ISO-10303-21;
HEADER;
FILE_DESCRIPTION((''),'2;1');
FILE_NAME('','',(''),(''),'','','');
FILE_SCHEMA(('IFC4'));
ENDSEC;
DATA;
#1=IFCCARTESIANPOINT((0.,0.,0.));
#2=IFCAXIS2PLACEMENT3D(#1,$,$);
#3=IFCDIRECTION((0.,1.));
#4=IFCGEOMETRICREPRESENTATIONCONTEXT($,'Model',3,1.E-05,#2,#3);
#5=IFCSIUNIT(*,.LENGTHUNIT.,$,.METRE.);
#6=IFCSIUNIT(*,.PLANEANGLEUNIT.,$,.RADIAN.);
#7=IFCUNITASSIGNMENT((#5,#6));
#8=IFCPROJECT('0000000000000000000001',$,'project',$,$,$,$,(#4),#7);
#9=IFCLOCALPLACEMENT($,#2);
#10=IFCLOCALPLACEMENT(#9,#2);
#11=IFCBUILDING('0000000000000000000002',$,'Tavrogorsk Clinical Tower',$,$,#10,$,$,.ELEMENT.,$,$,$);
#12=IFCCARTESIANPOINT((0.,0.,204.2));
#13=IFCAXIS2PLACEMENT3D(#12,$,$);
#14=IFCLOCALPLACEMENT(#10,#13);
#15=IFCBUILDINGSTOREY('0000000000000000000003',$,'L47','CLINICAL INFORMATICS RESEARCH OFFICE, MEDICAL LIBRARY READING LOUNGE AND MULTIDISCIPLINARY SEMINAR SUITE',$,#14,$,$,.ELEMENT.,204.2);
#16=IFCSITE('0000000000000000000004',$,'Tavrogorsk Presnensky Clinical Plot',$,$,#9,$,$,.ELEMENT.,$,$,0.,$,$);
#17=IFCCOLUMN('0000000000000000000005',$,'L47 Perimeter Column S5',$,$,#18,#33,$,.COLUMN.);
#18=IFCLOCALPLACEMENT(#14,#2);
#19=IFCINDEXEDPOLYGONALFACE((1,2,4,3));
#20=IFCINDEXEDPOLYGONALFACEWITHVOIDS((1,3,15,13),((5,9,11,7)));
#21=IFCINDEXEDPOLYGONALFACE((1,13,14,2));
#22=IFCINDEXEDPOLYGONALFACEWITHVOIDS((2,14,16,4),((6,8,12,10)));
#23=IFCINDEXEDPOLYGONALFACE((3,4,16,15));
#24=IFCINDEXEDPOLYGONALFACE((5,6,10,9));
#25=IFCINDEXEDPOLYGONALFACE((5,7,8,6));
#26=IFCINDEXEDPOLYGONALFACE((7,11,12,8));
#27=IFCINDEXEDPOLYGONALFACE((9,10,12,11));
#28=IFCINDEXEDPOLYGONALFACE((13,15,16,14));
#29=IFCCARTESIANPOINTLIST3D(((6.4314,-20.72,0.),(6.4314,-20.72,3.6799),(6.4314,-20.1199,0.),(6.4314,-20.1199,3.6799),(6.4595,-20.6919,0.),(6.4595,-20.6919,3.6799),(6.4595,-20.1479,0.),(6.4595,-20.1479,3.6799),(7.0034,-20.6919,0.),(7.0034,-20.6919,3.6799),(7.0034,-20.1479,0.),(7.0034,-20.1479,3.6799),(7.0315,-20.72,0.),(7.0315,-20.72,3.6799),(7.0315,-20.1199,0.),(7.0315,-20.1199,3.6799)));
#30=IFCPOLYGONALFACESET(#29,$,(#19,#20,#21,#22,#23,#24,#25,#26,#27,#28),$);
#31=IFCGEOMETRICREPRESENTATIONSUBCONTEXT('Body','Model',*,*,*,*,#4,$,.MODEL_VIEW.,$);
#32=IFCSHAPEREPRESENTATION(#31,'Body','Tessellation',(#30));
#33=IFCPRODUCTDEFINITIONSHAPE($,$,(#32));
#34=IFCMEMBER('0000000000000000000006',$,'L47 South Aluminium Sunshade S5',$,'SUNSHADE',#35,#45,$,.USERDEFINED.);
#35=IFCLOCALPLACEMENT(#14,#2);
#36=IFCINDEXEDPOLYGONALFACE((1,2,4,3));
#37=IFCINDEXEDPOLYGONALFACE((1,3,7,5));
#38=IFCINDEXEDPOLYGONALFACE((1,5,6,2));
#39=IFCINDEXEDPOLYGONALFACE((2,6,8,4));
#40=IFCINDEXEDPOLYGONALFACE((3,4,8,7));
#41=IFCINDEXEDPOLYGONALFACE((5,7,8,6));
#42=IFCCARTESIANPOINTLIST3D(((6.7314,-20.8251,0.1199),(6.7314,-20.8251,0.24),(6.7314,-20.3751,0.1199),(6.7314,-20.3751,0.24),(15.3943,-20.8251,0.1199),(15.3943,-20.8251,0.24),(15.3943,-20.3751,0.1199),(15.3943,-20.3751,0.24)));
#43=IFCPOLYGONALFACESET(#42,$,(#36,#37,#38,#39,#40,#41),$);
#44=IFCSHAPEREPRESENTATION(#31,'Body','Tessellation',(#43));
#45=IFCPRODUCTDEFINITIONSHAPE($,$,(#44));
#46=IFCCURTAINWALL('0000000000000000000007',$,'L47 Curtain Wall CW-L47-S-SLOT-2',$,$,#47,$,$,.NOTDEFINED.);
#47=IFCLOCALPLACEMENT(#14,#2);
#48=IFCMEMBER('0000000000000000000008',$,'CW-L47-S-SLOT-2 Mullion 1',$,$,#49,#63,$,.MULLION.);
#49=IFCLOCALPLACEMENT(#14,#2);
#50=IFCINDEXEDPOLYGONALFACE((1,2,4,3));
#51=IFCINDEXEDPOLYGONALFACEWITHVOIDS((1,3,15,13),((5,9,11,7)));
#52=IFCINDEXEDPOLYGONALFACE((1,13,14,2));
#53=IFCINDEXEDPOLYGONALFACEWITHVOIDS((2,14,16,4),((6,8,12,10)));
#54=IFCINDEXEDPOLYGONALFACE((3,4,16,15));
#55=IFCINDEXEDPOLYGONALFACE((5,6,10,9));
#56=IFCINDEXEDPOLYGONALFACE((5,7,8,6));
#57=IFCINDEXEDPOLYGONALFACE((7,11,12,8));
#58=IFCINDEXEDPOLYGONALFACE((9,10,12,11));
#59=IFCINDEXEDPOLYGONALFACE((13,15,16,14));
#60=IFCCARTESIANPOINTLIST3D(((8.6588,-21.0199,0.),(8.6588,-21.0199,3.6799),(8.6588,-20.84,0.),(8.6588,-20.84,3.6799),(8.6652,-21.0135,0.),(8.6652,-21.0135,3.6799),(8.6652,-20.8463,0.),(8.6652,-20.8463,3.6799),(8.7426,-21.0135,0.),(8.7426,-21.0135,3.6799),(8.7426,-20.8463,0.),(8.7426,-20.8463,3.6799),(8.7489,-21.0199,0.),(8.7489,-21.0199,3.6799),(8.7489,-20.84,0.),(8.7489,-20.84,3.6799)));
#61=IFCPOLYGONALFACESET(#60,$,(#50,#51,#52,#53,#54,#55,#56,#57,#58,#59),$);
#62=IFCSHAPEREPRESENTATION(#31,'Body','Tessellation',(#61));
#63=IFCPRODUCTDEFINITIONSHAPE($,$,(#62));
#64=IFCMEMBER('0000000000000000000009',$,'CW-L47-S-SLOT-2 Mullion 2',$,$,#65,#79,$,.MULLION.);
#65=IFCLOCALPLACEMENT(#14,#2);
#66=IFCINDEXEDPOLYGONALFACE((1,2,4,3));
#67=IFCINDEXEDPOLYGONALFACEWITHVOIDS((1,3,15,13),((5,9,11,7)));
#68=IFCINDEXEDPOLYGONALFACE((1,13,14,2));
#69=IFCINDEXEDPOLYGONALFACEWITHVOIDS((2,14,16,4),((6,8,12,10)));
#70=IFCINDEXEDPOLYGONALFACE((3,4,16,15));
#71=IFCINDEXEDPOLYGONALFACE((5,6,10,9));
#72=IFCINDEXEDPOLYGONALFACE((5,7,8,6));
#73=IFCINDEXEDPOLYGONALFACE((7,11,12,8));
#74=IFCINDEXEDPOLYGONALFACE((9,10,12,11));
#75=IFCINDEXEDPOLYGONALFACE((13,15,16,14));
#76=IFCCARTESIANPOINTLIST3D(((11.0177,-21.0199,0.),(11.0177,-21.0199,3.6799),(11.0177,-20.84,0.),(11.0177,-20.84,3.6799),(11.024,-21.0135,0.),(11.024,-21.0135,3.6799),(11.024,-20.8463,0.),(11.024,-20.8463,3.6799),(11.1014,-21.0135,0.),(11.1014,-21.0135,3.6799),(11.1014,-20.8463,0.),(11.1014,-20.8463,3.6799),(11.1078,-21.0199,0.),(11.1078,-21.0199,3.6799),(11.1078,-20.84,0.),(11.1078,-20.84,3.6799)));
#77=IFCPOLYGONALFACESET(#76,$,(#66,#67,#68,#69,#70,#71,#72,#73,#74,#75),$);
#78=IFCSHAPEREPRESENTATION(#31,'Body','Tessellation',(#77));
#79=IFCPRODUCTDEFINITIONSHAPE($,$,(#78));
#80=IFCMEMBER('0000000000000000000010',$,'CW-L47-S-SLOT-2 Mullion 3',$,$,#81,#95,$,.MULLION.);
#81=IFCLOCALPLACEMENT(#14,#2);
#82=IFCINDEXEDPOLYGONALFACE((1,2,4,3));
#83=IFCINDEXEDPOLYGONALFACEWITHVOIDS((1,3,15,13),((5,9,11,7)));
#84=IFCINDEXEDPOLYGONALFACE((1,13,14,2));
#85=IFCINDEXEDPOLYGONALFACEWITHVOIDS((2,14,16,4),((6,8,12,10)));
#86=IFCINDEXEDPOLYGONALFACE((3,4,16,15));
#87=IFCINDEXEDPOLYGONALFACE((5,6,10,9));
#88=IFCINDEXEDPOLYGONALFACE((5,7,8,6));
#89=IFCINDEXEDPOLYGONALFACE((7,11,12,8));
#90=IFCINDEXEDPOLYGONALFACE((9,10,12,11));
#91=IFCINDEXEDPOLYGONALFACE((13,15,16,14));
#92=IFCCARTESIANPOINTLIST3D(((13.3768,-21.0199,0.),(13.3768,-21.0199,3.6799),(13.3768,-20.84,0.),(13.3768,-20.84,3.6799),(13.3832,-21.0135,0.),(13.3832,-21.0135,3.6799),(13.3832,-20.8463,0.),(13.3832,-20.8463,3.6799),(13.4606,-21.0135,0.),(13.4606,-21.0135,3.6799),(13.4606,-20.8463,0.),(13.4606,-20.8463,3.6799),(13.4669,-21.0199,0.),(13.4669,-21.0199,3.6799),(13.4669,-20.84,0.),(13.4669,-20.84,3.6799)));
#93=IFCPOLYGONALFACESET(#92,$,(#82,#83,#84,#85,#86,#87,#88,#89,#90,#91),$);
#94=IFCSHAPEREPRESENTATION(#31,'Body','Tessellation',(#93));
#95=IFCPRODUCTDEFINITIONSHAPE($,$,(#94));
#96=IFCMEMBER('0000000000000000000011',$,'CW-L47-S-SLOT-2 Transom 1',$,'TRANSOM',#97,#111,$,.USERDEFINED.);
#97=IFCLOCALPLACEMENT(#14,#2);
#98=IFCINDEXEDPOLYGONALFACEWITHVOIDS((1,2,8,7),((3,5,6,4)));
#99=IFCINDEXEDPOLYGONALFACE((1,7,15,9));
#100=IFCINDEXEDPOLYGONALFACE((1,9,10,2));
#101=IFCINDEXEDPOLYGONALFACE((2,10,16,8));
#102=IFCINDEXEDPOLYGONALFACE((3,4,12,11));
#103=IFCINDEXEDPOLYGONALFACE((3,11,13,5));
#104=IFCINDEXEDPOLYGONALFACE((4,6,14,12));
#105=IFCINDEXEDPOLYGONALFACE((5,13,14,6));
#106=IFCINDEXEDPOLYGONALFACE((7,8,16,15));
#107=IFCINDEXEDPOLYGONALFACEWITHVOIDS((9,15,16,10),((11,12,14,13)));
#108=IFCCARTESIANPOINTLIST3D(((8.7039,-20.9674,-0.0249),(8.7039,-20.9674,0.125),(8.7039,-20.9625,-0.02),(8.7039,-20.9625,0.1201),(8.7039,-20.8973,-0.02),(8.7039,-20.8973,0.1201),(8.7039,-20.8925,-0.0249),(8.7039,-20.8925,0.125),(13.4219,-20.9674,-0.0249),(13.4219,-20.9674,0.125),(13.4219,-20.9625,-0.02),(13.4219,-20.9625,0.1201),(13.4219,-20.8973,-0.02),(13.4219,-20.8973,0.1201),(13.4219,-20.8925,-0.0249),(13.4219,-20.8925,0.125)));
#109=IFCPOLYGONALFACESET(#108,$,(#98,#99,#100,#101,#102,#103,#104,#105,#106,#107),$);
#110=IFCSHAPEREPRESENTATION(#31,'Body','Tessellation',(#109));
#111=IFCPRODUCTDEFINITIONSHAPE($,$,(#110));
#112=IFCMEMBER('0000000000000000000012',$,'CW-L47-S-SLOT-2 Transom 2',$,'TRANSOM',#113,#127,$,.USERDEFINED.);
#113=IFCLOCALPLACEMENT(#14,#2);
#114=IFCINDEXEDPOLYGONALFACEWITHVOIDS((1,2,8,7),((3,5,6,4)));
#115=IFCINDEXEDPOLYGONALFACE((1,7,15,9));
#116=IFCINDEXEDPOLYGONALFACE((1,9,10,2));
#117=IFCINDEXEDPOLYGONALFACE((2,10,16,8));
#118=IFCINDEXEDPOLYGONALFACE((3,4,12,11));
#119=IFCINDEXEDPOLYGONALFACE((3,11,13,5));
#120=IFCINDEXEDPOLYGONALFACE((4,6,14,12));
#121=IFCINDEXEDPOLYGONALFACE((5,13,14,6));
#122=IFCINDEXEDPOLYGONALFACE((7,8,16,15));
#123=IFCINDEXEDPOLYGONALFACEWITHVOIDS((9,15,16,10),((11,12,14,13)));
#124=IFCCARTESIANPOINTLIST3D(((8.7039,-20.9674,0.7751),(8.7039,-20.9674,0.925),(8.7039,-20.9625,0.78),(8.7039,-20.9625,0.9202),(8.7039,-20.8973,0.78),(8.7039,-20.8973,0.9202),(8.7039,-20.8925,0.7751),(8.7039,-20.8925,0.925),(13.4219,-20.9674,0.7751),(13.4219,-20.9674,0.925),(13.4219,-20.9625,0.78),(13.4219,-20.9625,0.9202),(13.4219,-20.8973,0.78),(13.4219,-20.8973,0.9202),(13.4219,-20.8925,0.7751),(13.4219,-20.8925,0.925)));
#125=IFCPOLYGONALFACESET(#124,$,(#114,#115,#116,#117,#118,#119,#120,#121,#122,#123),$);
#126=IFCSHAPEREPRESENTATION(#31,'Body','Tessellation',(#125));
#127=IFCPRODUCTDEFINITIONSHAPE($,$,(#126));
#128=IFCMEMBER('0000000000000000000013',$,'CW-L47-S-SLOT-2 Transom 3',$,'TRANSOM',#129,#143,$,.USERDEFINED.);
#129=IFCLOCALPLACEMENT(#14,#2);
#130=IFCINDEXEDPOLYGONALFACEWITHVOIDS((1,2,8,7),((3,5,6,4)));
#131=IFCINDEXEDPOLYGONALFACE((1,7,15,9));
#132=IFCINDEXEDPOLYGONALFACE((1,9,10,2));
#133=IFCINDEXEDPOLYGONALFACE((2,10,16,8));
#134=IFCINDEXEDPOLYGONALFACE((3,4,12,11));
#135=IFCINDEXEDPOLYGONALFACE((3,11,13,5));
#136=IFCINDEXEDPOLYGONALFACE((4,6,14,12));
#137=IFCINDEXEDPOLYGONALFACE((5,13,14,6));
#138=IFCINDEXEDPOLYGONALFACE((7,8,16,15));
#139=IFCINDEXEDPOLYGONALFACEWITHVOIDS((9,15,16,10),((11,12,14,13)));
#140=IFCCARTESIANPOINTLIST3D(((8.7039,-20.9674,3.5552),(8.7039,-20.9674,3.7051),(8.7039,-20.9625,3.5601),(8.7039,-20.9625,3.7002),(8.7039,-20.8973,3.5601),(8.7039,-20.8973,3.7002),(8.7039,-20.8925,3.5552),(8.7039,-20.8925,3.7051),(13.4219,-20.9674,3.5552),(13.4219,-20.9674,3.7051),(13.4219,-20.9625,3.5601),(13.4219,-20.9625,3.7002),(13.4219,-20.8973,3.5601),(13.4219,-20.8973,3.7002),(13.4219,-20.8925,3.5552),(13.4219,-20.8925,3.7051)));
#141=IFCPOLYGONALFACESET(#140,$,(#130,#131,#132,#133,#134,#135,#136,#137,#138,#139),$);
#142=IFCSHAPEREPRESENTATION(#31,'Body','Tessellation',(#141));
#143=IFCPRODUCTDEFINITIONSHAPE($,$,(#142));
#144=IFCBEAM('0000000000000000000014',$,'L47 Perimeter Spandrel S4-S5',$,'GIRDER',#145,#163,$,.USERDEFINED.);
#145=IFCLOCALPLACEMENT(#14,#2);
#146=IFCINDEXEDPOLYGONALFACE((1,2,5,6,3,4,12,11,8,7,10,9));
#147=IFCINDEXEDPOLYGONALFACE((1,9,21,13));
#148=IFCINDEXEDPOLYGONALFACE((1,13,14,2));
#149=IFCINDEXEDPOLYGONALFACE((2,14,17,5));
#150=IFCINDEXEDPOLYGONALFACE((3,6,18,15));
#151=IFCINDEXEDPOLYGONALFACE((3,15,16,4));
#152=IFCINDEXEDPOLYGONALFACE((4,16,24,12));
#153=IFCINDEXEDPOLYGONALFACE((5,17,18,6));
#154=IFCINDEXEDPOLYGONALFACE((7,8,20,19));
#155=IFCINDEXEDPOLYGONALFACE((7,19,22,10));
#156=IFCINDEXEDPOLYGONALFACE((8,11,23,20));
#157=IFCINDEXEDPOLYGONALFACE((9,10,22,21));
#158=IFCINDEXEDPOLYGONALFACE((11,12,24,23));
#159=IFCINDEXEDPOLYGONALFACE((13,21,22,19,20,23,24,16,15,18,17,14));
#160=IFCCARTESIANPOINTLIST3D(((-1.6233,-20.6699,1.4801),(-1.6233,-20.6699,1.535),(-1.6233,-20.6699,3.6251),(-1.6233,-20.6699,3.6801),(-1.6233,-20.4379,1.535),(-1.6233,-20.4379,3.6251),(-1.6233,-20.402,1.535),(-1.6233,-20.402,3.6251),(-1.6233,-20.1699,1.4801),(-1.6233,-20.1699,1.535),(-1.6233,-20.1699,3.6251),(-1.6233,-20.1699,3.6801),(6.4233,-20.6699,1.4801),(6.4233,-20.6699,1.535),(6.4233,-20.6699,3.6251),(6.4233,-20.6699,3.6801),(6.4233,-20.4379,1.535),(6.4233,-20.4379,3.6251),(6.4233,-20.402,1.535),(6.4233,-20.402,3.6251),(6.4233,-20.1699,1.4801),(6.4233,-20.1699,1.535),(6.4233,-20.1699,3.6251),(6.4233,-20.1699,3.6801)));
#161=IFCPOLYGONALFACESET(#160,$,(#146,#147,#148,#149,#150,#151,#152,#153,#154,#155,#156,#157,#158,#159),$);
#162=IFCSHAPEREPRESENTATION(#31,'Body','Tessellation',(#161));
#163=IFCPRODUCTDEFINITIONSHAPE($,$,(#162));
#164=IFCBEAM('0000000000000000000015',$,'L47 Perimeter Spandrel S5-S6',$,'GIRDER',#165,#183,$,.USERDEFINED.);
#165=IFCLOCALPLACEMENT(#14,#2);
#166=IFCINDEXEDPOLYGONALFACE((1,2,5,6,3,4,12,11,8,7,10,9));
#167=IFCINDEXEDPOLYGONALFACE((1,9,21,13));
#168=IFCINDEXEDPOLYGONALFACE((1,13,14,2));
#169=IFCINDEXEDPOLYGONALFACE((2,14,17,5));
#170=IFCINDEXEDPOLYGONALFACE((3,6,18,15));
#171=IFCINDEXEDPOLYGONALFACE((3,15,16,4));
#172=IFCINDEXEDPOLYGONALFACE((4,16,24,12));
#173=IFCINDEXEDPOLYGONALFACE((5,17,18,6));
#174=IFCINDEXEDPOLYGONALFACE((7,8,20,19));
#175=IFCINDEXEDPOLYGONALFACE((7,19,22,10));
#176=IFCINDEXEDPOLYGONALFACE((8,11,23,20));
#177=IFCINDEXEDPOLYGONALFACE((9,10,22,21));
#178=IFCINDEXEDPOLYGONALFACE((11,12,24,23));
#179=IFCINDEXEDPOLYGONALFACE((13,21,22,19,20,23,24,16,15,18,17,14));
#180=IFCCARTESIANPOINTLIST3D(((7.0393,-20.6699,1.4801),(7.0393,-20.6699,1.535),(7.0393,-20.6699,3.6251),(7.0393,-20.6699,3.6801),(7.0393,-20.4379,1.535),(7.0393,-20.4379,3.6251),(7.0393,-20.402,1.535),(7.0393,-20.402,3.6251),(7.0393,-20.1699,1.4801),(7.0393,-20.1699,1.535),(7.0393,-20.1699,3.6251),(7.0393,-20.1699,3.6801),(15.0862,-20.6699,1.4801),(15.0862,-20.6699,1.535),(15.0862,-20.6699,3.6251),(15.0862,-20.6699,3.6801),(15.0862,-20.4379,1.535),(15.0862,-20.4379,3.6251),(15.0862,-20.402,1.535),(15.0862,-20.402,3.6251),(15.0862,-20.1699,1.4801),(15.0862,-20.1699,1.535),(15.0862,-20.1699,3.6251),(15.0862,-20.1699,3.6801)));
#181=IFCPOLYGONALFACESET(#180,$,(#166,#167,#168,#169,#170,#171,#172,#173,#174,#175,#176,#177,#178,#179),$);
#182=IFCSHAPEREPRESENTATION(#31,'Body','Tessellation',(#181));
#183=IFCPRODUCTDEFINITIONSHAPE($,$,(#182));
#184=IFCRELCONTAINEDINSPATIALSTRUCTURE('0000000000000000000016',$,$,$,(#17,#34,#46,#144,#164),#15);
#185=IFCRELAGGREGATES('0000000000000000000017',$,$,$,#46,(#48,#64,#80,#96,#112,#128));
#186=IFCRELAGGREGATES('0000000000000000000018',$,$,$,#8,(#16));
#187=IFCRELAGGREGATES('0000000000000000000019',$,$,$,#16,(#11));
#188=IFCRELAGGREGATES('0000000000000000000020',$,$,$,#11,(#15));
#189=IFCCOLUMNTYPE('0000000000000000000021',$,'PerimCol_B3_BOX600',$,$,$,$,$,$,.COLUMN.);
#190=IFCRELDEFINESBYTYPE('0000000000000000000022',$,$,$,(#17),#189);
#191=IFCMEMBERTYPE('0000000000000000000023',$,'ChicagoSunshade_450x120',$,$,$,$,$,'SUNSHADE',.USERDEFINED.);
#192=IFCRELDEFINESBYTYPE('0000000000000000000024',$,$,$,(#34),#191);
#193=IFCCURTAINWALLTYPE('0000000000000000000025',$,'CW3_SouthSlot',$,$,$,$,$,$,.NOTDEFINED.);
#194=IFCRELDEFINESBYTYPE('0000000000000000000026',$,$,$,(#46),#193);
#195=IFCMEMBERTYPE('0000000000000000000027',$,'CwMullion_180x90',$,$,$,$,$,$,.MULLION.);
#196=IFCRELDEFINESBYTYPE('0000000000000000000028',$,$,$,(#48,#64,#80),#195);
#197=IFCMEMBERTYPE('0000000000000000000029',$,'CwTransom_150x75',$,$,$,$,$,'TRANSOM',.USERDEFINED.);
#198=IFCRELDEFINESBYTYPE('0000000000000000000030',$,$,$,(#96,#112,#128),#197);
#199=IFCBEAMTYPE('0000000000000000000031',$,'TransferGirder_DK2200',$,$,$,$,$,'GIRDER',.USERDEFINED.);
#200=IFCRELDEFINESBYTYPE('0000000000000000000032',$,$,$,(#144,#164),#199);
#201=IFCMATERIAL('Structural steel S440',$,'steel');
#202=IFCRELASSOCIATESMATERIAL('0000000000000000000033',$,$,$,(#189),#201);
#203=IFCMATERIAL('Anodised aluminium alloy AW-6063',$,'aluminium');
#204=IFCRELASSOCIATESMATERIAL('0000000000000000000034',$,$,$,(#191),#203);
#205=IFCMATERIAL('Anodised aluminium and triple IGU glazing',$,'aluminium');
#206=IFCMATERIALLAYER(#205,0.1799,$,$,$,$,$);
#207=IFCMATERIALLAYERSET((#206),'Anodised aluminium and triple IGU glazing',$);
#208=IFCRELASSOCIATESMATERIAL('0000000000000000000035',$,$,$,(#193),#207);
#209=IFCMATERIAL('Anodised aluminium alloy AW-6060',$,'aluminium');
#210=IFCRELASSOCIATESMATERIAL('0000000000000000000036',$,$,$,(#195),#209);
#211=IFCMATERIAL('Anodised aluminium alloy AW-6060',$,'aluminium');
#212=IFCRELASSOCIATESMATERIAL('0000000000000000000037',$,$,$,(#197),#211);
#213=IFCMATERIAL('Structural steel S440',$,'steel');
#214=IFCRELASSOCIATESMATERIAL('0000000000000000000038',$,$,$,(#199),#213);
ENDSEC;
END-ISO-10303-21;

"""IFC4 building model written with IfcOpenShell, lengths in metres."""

from ifc_helpers import new_model, si_unit, direction, frame, origin, origin_2d, place, context, subcontext, project, spatial, rectangle, hollow_rectangle, i_section, extrude, material, layer, layer_set, material_profile, profile_set, type_object, element, aggregate, save


model = new_model("IFC4")

# Units and contexts
model_context = context("Model", 3, precision=1e-05, world=origin(), true_north=direction((0.0, 1.0)))
body_context = subcontext(model_context, "Body", "Model", "MODEL_VIEW")
ifc_project = project(units=[si_unit("LENGTHUNIT", "METRE"), si_unit("PLANEANGLEUNIT", "RADIAN")], contexts=[model_context])

# Site, building, storey
site_placement = place(None, origin())
site = spatial("IfcSite", under=ifc_project, at=site_placement, Name="Tavrogorsk Presnensky Clinical Plot", CompositionType="ELEMENT", RefElevation=0.0)
building_placement = place(site_placement, origin())
building = spatial("IfcBuilding", under=site, at=building_placement, Name="Tavrogorsk Clinical Tower", CompositionType="ELEMENT")
storey_placement = place(building_placement, frame((0.0, 0.0, 204.2)))
storey = spatial("IfcBuildingStorey", under=building, at=storey_placement, Name="L47", Description="CLINICAL INFORMATICS RESEARCH OFFICE, MEDICAL LIBRARY READING LOUNGE AND MULTIDISCIPLINARY SEMINAR SUITE", CompositionType="ELEMENT", Elevation=204.2)

# Column
ifc_material_1 = material(Name="Structural steel S440", Category="steel")
ifc_material_profile_1 = material_profile(ifc_material_1, hollow_rectangle(XDim=0.6001, YDim=0.6001, WallThickness=0.0281, at=origin_2d()), Name="BOX-600x600x28")
ifc_profile_set_1 = profile_set([ifc_material_profile_1], Name="Structural steel S440")
column_type = type_object("IfcColumnType", Name="PerimCol_B3_BOX600", PredefinedType="COLUMN", material=ifc_profile_set_1)
column_placement = place(storey_placement, frame((6.7314, -20.4199, 0.0), z_axis=(0.0, 0.0, 1.0), x_axis=(1.0, 0.0, 0.0)))
element("IfcColumn", 1, at=column_placement, inside=storey, type_object=column_type, Name="L47 Perimeter Column S5", PredefinedType="COLUMN", context=body_context, shape_type="SweptSolid", body=[
    extrude(hollow_rectangle(XDim=0.6001, YDim=0.6001, WallThickness=0.0281, at=origin_2d()), origin(), (0.0, 0.0, 1.0), 3.6799),
])

# Member
ifc_material_2 = material(Name="Anodised aluminium alloy AW-6063", Category="aluminium")
ifc_material_profile_2 = material_profile(ifc_material_2, rectangle(XDim=0.45, YDim=0.1201, at=origin_2d()), Name="ALU-SUNSHADE-450x120")
ifc_profile_set_2 = profile_set([ifc_material_profile_2], Name="Anodised aluminium alloy AW-6063")
member_type_1 = type_object("IfcMemberType", Name="ChicagoSunshade_450x120", ElementType="SUNSHADE", PredefinedType="USERDEFINED", material=ifc_profile_set_2)
member_1_placement = place(storey_placement, frame((6.7314, -20.6001, 0.1799), z_axis=(1.0, 0.0, 0.0), x_axis=(0.0, 1.0, 0.0)))
element("IfcMember", 2, at=member_1_placement, inside=storey, type_object=member_type_1, Name="L47 South Aluminium Sunshade S5", ObjectType="SUNSHADE", PredefinedType="USERDEFINED", context=body_context, shape_type="SweptSolid", body=[
    extrude(rectangle(XDim=0.45, YDim=0.1201, at=origin_2d()), origin(), (0.0, 0.0, 1.0), 8.6628),
])

# Curtain wall, members
ifc_material_3 = material(Name="Anodised aluminium and triple IGU glazing", Category="aluminium")
ifc_layer_1 = layer(ifc_material_3, 0.1799)
ifc_layer_set_1 = layer_set([ifc_layer_1], Name="Anodised aluminium and triple IGU glazing")
curtain_wall_type = type_object("IfcCurtainWallType", Name="CW3_SouthSlot", PredefinedType="NOTDEFINED", material=ifc_layer_set_1)
curtain_wall_placement = place(storey_placement, origin())
curtain_wall = element("IfcCurtainWall", 3, at=curtain_wall_placement, inside=storey, type_object=curtain_wall_type, Name="L47 Curtain Wall CW-L47-S-SLOT-2", PredefinedType="NOTDEFINED")
ifc_material_4 = material(Name="Anodised aluminium alloy AW-6060", Category="aluminium")
ifc_material_profile_3 = material_profile(ifc_material_4, hollow_rectangle(XDim=0.0901, YDim=0.1799, WallThickness=0.0063, at=origin_2d()), Name="RHS-180x90x6.3")
ifc_profile_set_3 = profile_set([ifc_material_profile_3], Name="Anodised aluminium alloy AW-6060")
member_type_2 = type_object("IfcMemberType", Name="CwMullion_180x90", PredefinedType="MULLION", material=ifc_profile_set_3)
member_2_placement = place(storey_placement, frame((8.7039, -20.9299, 0.0), z_axis=(0.0, 0.0, 1.0), x_axis=(1.0, 0.0, 0.0)))
member_2 = element("IfcMember", 4, at=member_2_placement, type_object=member_type_2, Name="CW-L47-S-SLOT-2 Mullion 1", PredefinedType="MULLION", context=body_context, shape_type="SweptSolid", body=[
    extrude(hollow_rectangle(XDim=0.0901, YDim=0.1799, WallThickness=0.0063, at=origin_2d()), origin(), (0.0, 0.0, 1.0), 3.6799),
])
member_3_placement = place(storey_placement, frame((11.0627, -20.9299, 0.0), z_axis=(0.0, 0.0, 1.0), x_axis=(1.0, 0.0, 0.0)))
member_3 = element("IfcMember", 5, at=member_3_placement, type_object=member_type_2, Name="CW-L47-S-SLOT-2 Mullion 2", PredefinedType="MULLION", context=body_context, shape_type="SweptSolid", body=[
    extrude(hollow_rectangle(XDim=0.0901, YDim=0.1799, WallThickness=0.0063, at=origin_2d()), origin(), (0.0, 0.0, 1.0), 3.6799),
])
member_4_placement = place(storey_placement, frame((13.4219, -20.9299, 0.0), z_axis=(0.0, 0.0, 1.0), x_axis=(1.0, 0.0, 0.0)))
member_4 = element("IfcMember", 6, at=member_4_placement, type_object=member_type_2, Name="CW-L47-S-SLOT-2 Mullion 3", PredefinedType="MULLION", context=body_context, shape_type="SweptSolid", body=[
    extrude(hollow_rectangle(XDim=0.0901, YDim=0.1799, WallThickness=0.0063, at=origin_2d()), origin(), (0.0, 0.0, 1.0), 3.6799),
])
ifc_material_5 = material(Name="Anodised aluminium alloy AW-6060", Category="aluminium")
ifc_material_profile_4 = material_profile(ifc_material_5, hollow_rectangle(XDim=0.075, YDim=0.1499, WallThickness=0.0049, at=origin_2d()), Name="RHS-150x75x5")
ifc_profile_set_4 = profile_set([ifc_material_profile_4], Name="Anodised aluminium alloy AW-6060")
member_type_3 = type_object("IfcMemberType", Name="CwTransom_150x75", ElementType="TRANSOM", PredefinedType="USERDEFINED", material=ifc_profile_set_4)
member_5_placement = place(storey_placement, frame((8.7039, -20.9299, 0.05), z_axis=(1.0, 0.0, 0.0), x_axis=(0.0, 1.0, 0.0)))
member_5 = element("IfcMember", 7, at=member_5_placement, type_object=member_type_3, Name="CW-L47-S-SLOT-2 Transom 1", ObjectType="TRANSOM", PredefinedType="USERDEFINED", context=body_context, shape_type="SweptSolid", body=[
    extrude(hollow_rectangle(XDim=0.075, YDim=0.1499, WallThickness=0.0049, at=origin_2d()), origin(), (0.0, 0.0, 1.0), 4.718),
])
member_6_placement = place(storey_placement, frame((8.7039, -20.9299, 0.8501), z_axis=(1.0, 0.0, 0.0), x_axis=(0.0, 1.0, 0.0)))
member_6 = element("IfcMember", 8, at=member_6_placement, type_object=member_type_3, Name="CW-L47-S-SLOT-2 Transom 2", ObjectType="TRANSOM", PredefinedType="USERDEFINED", context=body_context, shape_type="SweptSolid", body=[
    extrude(hollow_rectangle(XDim=0.075, YDim=0.1499, WallThickness=0.0049, at=origin_2d()), origin(), (0.0, 0.0, 1.0), 4.718),
])
member_7_placement = place(storey_placement, frame((8.7039, -20.9299, 3.6301), z_axis=(1.0, 0.0, 0.0), x_axis=(0.0, 1.0, 0.0)))
member_7 = element("IfcMember", 9, at=member_7_placement, type_object=member_type_3, Name="CW-L47-S-SLOT-2 Transom 3", ObjectType="TRANSOM", PredefinedType="USERDEFINED", context=body_context, shape_type="SweptSolid", body=[
    extrude(hollow_rectangle(XDim=0.075, YDim=0.1499, WallThickness=0.0049, at=origin_2d()), origin(), (0.0, 0.0, 1.0), 4.718),
])

# Beams
ifc_material_6 = material(Name="Structural steel S440", Category="steel")
ifc_material_profile_5 = material_profile(ifc_material_6, i_section(OverallWidth=0.5, OverallDepth=2.2, WebThickness=0.0359, FlangeThickness=0.0549, at=origin_2d()), Name="DK-2200x500x36x55")
ifc_profile_set_5 = profile_set([ifc_material_profile_5], Name="Structural steel S440")
beam_type = type_object("IfcBeamType", Name="TransferGirder_DK2200", ElementType="GIRDER", PredefinedType="USERDEFINED", material=ifc_profile_set_5)
beam_1_placement = place(storey_placement, frame((-1.6233, -20.4199, 2.5801), z_axis=(1.0, 0.0, 0.0), x_axis=(0.0, 1.0, 0.0)))
element("IfcBeam", 10, at=beam_1_placement, inside=storey, type_object=beam_type, Name="L47 Perimeter Spandrel S4-S5", ObjectType="GIRDER", PredefinedType="USERDEFINED", context=body_context, shape_type="SweptSolid", body=[
    extrude(i_section(OverallWidth=0.5, OverallDepth=2.2, WebThickness=0.0359, FlangeThickness=0.0549, at=origin_2d()), origin(), (0.0, 0.0, 1.0), 8.0466),
])
beam_2_placement = place(storey_placement, frame((7.0393, -20.4199, 2.5801), z_axis=(1.0, 0.0, 0.0), x_axis=(0.0, 1.0, 0.0)))
element("IfcBeam", 11, at=beam_2_placement, inside=storey, type_object=beam_type, Name="L47 Perimeter Spandrel S5-S6", ObjectType="GIRDER", PredefinedType="USERDEFINED", context=body_context, shape_type="SweptSolid", body=[
    extrude(i_section(OverallWidth=0.5, OverallDepth=2.2, WebThickness=0.0359, FlangeThickness=0.0549, at=origin_2d()), origin(), (0.0, 0.0, 1.0), 8.0469),
])

aggregate(curtain_wall, [member_2, member_3, member_4, member_5, member_6, member_7])

save(model, "model.ifc")
